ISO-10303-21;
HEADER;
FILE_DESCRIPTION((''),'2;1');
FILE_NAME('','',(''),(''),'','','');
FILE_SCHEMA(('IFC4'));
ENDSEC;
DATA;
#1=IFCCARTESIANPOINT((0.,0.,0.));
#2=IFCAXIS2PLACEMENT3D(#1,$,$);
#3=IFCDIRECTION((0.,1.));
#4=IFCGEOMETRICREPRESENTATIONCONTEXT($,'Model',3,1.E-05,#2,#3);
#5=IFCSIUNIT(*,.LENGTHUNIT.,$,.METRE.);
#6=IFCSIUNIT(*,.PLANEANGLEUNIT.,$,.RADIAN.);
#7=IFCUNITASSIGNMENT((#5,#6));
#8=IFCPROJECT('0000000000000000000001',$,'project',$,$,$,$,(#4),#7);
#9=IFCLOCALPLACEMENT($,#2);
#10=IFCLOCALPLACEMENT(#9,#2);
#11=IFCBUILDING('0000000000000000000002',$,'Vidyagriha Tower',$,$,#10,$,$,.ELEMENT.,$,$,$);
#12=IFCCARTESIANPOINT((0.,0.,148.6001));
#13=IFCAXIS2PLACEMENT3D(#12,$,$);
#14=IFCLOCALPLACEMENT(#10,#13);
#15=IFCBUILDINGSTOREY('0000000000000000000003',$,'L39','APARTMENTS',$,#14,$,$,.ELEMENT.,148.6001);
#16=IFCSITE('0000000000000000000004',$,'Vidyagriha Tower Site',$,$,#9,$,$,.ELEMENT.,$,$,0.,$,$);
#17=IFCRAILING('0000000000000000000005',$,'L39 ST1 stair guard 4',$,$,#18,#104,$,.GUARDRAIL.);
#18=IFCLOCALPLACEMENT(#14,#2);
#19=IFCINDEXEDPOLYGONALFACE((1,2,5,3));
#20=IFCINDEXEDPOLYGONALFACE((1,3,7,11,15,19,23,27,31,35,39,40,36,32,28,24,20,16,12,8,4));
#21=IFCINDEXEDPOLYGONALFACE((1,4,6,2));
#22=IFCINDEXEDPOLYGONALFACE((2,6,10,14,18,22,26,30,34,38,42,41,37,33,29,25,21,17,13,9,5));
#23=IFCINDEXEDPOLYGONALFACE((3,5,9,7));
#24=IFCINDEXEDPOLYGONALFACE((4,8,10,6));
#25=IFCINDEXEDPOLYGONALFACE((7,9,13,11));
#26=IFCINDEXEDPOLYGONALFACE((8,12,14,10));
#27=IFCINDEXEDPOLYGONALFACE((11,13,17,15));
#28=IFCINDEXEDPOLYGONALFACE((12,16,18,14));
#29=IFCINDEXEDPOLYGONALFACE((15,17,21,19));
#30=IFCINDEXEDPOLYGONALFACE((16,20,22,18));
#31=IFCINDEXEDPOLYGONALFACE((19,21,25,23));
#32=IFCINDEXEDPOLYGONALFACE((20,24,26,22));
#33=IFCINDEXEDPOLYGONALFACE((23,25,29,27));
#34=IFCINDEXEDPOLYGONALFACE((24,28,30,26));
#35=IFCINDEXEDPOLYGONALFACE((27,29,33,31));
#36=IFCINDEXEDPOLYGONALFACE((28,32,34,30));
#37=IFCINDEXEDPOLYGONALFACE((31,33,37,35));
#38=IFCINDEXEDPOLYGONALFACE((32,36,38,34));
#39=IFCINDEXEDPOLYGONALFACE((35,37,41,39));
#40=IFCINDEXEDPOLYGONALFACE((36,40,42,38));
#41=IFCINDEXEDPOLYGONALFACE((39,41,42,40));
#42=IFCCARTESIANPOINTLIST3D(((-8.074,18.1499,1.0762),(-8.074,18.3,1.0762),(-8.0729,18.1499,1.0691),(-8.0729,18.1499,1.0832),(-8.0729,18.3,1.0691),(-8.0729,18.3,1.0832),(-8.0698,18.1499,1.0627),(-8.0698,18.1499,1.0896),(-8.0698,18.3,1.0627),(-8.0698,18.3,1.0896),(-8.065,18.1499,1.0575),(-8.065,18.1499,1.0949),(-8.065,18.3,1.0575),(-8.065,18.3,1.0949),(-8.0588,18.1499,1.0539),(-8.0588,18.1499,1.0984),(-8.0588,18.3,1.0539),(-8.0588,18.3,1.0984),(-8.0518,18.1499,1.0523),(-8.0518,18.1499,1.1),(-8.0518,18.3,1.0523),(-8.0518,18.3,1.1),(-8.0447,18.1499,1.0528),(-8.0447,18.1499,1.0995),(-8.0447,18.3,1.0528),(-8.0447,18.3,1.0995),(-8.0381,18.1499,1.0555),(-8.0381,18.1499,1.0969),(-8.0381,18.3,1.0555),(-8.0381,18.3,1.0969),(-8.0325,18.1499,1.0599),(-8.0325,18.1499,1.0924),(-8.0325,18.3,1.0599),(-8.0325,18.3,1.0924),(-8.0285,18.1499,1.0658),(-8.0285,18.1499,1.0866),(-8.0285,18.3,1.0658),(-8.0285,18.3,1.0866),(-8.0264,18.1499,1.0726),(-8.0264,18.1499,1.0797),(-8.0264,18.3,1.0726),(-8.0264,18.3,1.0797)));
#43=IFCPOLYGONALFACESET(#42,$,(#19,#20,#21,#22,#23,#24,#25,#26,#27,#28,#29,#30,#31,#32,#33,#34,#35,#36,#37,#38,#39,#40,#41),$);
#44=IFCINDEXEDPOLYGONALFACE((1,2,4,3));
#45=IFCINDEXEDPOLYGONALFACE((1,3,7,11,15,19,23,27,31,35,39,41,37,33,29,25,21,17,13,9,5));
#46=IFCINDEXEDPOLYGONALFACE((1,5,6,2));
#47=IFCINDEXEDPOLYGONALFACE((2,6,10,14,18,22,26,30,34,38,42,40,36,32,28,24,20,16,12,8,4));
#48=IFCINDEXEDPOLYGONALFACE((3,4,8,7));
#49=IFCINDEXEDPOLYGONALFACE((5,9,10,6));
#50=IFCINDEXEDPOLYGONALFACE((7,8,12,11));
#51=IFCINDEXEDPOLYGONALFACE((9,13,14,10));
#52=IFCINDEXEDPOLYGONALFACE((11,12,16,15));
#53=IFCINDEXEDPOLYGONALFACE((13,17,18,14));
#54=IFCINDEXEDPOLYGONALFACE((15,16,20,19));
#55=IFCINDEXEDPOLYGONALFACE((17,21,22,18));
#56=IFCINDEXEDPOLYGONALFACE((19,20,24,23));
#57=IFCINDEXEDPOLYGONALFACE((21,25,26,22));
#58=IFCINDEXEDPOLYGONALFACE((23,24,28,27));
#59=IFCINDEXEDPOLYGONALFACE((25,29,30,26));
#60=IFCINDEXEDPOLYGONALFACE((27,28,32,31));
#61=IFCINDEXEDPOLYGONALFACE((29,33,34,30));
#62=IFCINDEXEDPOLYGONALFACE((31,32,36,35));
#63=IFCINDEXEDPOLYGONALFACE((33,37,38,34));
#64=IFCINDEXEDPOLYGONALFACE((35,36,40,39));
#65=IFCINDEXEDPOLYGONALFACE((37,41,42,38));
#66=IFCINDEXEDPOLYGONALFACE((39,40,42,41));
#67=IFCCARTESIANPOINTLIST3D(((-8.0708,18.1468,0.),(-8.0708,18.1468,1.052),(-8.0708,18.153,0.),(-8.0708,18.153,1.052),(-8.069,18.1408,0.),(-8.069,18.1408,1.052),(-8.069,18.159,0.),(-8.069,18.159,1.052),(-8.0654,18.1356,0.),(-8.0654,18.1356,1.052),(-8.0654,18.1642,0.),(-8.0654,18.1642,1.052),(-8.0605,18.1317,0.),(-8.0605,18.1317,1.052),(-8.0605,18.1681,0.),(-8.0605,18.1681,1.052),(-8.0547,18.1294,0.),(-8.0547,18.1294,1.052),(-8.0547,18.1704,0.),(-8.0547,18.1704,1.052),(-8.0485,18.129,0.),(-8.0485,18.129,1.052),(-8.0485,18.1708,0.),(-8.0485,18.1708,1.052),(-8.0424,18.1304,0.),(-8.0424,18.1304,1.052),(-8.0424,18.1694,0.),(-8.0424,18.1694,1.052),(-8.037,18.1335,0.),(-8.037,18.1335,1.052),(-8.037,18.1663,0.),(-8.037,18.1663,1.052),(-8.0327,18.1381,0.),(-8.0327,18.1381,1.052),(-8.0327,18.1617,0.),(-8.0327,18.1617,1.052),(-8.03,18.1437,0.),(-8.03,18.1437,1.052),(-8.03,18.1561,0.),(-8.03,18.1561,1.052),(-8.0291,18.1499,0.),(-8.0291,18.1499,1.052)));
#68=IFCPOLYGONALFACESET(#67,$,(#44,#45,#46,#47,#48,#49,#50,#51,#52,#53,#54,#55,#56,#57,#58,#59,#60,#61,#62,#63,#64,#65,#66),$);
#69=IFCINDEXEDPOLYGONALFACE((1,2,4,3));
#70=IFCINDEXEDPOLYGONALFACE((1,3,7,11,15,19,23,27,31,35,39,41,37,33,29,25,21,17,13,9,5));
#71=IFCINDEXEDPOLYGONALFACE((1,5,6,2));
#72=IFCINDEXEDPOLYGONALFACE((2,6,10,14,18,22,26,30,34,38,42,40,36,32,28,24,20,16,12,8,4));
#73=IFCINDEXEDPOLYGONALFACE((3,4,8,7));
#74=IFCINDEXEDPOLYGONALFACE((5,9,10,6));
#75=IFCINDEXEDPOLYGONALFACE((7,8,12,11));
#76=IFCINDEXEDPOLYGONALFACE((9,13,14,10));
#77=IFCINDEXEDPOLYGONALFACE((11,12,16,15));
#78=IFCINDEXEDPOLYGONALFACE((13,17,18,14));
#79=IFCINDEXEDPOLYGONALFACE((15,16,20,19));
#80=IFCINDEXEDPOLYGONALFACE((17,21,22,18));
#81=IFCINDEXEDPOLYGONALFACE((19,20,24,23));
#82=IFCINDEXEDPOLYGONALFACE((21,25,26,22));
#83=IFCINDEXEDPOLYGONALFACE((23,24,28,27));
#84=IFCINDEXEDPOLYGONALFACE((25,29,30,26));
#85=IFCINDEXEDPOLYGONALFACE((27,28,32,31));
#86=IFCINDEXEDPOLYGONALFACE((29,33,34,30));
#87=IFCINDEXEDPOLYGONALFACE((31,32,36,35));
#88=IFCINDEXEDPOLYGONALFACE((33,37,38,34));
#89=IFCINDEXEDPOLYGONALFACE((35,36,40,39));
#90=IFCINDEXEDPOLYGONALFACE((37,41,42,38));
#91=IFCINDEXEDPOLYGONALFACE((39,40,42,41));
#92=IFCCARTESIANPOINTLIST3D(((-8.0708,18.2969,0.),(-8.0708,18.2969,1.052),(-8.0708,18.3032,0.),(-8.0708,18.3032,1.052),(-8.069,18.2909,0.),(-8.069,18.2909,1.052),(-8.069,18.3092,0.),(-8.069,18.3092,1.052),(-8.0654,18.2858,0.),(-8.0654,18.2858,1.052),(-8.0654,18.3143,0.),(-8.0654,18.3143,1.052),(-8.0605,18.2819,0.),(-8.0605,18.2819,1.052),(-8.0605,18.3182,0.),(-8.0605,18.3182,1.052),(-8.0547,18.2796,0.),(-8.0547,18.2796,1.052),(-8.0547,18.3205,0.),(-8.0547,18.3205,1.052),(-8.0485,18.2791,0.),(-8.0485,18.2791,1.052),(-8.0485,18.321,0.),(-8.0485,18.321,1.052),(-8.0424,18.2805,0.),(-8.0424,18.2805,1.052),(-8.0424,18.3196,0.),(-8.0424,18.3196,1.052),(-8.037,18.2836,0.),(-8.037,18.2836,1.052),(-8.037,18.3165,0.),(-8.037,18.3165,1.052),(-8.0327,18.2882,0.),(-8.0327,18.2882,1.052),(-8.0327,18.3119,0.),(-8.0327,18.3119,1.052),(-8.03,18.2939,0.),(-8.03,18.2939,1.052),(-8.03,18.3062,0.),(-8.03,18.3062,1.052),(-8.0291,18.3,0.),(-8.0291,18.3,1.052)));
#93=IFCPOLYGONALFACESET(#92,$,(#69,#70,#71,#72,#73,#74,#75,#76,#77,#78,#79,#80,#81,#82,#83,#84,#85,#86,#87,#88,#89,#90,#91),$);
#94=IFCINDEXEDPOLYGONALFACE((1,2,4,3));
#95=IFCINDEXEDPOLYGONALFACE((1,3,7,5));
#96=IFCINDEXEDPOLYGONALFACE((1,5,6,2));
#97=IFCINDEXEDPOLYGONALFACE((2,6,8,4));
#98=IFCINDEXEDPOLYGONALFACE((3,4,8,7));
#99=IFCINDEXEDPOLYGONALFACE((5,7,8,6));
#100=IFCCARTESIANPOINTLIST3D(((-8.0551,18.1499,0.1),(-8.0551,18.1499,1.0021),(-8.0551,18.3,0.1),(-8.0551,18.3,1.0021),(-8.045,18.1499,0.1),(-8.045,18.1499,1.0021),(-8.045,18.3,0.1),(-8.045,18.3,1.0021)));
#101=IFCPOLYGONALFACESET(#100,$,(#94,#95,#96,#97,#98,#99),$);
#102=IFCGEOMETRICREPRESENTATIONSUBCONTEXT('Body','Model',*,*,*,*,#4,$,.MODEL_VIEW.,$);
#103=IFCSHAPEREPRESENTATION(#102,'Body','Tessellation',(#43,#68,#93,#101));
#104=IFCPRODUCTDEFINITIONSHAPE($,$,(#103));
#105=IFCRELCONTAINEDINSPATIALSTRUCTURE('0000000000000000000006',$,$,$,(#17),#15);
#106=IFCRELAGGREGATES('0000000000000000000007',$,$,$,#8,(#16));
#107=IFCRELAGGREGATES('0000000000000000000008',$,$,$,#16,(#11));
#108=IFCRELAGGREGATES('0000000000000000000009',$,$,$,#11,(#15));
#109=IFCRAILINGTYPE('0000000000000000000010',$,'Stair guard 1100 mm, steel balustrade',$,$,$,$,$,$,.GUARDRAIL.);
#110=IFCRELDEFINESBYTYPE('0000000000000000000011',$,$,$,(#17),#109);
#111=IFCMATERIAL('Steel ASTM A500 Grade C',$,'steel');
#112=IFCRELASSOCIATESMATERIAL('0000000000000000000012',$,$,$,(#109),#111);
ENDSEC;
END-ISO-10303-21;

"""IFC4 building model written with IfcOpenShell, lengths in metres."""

from ifc_helpers import new_model, si_unit, direction, frame, origin, origin_2d, place, context, subcontext, project, spatial, rectangle, circle, extrude, material, type_object, element, save


model = new_model("IFC4")

# Units and contexts
model_context = context("Model", 3, precision=1e-05, world=origin(), true_north=direction((0.0, 1.0)))
body_context = subcontext(model_context, "Body", "Model", "MODEL_VIEW")
ifc_project = project(units=[si_unit("LENGTHUNIT", "METRE"), si_unit("PLANEANGLEUNIT", "RADIAN")], contexts=[model_context])

# Site, building, storey
site_placement = place(None, origin())
site = spatial("IfcSite", under=ifc_project, at=site_placement, Name="Vidyagriha Tower Site", CompositionType="ELEMENT", RefElevation=0.0)
building_placement = place(site_placement, origin())
building = spatial("IfcBuilding", under=site, at=building_placement, Name="Vidyagriha Tower", CompositionType="ELEMENT")
storey_placement = place(building_placement, frame((0.0, 0.0, 148.6001)))
storey = spatial("IfcBuildingStorey", under=building, at=storey_placement, Name="L39", Description="APARTMENTS", CompositionType="ELEMENT", Elevation=148.6001)

# Railing
ifc_material_1 = material(Name="Steel ASTM A500 Grade C", Category="steel")
railing_type_1 = type_object("IfcRailingType", Name="Stair guard 1100 mm, steel balustrade", PredefinedType="GUARDRAIL", material=ifc_material_1)
railing_1_placement = place(storey_placement, frame((-8.05, 18.1499, 0.0)))
element("IfcRailing", 1, at=railing_1_placement, inside=storey, type_object=railing_type_1, Name="L39 ST1 stair guard 4", PredefinedType="GUARDRAIL", context=body_context, shape_type="SweptSolid", body=[
    extrude(circle(Radius=0.0239, at=origin_2d()), frame((0.0, 0.0, 1.0762), z_axis=(0.0, 1.0, 0.0), x_axis=(-1.0, 0.0, 0.0)), (0.0, 0.0, 1.0), 0.1501),
    extrude(circle(Radius=0.021, at=origin_2d()), origin(), (0.0, 0.0, 1.0), 1.052),
    extrude(circle(Radius=0.021, at=origin_2d()), frame((0.0, 0.1501, 0.0)), (0.0, 0.0, 1.0), 1.052),
    extrude(rectangle(XDim=0.01, YDim=0.9021, at=origin_2d()), frame((0.0, 0.0, 0.551), z_axis=(0.0, 1.0, 0.0), x_axis=(-1.0, 0.0, 0.0)), (0.0, 0.0, 1.0), 0.1501),
])

save(model, "model.ifc")
